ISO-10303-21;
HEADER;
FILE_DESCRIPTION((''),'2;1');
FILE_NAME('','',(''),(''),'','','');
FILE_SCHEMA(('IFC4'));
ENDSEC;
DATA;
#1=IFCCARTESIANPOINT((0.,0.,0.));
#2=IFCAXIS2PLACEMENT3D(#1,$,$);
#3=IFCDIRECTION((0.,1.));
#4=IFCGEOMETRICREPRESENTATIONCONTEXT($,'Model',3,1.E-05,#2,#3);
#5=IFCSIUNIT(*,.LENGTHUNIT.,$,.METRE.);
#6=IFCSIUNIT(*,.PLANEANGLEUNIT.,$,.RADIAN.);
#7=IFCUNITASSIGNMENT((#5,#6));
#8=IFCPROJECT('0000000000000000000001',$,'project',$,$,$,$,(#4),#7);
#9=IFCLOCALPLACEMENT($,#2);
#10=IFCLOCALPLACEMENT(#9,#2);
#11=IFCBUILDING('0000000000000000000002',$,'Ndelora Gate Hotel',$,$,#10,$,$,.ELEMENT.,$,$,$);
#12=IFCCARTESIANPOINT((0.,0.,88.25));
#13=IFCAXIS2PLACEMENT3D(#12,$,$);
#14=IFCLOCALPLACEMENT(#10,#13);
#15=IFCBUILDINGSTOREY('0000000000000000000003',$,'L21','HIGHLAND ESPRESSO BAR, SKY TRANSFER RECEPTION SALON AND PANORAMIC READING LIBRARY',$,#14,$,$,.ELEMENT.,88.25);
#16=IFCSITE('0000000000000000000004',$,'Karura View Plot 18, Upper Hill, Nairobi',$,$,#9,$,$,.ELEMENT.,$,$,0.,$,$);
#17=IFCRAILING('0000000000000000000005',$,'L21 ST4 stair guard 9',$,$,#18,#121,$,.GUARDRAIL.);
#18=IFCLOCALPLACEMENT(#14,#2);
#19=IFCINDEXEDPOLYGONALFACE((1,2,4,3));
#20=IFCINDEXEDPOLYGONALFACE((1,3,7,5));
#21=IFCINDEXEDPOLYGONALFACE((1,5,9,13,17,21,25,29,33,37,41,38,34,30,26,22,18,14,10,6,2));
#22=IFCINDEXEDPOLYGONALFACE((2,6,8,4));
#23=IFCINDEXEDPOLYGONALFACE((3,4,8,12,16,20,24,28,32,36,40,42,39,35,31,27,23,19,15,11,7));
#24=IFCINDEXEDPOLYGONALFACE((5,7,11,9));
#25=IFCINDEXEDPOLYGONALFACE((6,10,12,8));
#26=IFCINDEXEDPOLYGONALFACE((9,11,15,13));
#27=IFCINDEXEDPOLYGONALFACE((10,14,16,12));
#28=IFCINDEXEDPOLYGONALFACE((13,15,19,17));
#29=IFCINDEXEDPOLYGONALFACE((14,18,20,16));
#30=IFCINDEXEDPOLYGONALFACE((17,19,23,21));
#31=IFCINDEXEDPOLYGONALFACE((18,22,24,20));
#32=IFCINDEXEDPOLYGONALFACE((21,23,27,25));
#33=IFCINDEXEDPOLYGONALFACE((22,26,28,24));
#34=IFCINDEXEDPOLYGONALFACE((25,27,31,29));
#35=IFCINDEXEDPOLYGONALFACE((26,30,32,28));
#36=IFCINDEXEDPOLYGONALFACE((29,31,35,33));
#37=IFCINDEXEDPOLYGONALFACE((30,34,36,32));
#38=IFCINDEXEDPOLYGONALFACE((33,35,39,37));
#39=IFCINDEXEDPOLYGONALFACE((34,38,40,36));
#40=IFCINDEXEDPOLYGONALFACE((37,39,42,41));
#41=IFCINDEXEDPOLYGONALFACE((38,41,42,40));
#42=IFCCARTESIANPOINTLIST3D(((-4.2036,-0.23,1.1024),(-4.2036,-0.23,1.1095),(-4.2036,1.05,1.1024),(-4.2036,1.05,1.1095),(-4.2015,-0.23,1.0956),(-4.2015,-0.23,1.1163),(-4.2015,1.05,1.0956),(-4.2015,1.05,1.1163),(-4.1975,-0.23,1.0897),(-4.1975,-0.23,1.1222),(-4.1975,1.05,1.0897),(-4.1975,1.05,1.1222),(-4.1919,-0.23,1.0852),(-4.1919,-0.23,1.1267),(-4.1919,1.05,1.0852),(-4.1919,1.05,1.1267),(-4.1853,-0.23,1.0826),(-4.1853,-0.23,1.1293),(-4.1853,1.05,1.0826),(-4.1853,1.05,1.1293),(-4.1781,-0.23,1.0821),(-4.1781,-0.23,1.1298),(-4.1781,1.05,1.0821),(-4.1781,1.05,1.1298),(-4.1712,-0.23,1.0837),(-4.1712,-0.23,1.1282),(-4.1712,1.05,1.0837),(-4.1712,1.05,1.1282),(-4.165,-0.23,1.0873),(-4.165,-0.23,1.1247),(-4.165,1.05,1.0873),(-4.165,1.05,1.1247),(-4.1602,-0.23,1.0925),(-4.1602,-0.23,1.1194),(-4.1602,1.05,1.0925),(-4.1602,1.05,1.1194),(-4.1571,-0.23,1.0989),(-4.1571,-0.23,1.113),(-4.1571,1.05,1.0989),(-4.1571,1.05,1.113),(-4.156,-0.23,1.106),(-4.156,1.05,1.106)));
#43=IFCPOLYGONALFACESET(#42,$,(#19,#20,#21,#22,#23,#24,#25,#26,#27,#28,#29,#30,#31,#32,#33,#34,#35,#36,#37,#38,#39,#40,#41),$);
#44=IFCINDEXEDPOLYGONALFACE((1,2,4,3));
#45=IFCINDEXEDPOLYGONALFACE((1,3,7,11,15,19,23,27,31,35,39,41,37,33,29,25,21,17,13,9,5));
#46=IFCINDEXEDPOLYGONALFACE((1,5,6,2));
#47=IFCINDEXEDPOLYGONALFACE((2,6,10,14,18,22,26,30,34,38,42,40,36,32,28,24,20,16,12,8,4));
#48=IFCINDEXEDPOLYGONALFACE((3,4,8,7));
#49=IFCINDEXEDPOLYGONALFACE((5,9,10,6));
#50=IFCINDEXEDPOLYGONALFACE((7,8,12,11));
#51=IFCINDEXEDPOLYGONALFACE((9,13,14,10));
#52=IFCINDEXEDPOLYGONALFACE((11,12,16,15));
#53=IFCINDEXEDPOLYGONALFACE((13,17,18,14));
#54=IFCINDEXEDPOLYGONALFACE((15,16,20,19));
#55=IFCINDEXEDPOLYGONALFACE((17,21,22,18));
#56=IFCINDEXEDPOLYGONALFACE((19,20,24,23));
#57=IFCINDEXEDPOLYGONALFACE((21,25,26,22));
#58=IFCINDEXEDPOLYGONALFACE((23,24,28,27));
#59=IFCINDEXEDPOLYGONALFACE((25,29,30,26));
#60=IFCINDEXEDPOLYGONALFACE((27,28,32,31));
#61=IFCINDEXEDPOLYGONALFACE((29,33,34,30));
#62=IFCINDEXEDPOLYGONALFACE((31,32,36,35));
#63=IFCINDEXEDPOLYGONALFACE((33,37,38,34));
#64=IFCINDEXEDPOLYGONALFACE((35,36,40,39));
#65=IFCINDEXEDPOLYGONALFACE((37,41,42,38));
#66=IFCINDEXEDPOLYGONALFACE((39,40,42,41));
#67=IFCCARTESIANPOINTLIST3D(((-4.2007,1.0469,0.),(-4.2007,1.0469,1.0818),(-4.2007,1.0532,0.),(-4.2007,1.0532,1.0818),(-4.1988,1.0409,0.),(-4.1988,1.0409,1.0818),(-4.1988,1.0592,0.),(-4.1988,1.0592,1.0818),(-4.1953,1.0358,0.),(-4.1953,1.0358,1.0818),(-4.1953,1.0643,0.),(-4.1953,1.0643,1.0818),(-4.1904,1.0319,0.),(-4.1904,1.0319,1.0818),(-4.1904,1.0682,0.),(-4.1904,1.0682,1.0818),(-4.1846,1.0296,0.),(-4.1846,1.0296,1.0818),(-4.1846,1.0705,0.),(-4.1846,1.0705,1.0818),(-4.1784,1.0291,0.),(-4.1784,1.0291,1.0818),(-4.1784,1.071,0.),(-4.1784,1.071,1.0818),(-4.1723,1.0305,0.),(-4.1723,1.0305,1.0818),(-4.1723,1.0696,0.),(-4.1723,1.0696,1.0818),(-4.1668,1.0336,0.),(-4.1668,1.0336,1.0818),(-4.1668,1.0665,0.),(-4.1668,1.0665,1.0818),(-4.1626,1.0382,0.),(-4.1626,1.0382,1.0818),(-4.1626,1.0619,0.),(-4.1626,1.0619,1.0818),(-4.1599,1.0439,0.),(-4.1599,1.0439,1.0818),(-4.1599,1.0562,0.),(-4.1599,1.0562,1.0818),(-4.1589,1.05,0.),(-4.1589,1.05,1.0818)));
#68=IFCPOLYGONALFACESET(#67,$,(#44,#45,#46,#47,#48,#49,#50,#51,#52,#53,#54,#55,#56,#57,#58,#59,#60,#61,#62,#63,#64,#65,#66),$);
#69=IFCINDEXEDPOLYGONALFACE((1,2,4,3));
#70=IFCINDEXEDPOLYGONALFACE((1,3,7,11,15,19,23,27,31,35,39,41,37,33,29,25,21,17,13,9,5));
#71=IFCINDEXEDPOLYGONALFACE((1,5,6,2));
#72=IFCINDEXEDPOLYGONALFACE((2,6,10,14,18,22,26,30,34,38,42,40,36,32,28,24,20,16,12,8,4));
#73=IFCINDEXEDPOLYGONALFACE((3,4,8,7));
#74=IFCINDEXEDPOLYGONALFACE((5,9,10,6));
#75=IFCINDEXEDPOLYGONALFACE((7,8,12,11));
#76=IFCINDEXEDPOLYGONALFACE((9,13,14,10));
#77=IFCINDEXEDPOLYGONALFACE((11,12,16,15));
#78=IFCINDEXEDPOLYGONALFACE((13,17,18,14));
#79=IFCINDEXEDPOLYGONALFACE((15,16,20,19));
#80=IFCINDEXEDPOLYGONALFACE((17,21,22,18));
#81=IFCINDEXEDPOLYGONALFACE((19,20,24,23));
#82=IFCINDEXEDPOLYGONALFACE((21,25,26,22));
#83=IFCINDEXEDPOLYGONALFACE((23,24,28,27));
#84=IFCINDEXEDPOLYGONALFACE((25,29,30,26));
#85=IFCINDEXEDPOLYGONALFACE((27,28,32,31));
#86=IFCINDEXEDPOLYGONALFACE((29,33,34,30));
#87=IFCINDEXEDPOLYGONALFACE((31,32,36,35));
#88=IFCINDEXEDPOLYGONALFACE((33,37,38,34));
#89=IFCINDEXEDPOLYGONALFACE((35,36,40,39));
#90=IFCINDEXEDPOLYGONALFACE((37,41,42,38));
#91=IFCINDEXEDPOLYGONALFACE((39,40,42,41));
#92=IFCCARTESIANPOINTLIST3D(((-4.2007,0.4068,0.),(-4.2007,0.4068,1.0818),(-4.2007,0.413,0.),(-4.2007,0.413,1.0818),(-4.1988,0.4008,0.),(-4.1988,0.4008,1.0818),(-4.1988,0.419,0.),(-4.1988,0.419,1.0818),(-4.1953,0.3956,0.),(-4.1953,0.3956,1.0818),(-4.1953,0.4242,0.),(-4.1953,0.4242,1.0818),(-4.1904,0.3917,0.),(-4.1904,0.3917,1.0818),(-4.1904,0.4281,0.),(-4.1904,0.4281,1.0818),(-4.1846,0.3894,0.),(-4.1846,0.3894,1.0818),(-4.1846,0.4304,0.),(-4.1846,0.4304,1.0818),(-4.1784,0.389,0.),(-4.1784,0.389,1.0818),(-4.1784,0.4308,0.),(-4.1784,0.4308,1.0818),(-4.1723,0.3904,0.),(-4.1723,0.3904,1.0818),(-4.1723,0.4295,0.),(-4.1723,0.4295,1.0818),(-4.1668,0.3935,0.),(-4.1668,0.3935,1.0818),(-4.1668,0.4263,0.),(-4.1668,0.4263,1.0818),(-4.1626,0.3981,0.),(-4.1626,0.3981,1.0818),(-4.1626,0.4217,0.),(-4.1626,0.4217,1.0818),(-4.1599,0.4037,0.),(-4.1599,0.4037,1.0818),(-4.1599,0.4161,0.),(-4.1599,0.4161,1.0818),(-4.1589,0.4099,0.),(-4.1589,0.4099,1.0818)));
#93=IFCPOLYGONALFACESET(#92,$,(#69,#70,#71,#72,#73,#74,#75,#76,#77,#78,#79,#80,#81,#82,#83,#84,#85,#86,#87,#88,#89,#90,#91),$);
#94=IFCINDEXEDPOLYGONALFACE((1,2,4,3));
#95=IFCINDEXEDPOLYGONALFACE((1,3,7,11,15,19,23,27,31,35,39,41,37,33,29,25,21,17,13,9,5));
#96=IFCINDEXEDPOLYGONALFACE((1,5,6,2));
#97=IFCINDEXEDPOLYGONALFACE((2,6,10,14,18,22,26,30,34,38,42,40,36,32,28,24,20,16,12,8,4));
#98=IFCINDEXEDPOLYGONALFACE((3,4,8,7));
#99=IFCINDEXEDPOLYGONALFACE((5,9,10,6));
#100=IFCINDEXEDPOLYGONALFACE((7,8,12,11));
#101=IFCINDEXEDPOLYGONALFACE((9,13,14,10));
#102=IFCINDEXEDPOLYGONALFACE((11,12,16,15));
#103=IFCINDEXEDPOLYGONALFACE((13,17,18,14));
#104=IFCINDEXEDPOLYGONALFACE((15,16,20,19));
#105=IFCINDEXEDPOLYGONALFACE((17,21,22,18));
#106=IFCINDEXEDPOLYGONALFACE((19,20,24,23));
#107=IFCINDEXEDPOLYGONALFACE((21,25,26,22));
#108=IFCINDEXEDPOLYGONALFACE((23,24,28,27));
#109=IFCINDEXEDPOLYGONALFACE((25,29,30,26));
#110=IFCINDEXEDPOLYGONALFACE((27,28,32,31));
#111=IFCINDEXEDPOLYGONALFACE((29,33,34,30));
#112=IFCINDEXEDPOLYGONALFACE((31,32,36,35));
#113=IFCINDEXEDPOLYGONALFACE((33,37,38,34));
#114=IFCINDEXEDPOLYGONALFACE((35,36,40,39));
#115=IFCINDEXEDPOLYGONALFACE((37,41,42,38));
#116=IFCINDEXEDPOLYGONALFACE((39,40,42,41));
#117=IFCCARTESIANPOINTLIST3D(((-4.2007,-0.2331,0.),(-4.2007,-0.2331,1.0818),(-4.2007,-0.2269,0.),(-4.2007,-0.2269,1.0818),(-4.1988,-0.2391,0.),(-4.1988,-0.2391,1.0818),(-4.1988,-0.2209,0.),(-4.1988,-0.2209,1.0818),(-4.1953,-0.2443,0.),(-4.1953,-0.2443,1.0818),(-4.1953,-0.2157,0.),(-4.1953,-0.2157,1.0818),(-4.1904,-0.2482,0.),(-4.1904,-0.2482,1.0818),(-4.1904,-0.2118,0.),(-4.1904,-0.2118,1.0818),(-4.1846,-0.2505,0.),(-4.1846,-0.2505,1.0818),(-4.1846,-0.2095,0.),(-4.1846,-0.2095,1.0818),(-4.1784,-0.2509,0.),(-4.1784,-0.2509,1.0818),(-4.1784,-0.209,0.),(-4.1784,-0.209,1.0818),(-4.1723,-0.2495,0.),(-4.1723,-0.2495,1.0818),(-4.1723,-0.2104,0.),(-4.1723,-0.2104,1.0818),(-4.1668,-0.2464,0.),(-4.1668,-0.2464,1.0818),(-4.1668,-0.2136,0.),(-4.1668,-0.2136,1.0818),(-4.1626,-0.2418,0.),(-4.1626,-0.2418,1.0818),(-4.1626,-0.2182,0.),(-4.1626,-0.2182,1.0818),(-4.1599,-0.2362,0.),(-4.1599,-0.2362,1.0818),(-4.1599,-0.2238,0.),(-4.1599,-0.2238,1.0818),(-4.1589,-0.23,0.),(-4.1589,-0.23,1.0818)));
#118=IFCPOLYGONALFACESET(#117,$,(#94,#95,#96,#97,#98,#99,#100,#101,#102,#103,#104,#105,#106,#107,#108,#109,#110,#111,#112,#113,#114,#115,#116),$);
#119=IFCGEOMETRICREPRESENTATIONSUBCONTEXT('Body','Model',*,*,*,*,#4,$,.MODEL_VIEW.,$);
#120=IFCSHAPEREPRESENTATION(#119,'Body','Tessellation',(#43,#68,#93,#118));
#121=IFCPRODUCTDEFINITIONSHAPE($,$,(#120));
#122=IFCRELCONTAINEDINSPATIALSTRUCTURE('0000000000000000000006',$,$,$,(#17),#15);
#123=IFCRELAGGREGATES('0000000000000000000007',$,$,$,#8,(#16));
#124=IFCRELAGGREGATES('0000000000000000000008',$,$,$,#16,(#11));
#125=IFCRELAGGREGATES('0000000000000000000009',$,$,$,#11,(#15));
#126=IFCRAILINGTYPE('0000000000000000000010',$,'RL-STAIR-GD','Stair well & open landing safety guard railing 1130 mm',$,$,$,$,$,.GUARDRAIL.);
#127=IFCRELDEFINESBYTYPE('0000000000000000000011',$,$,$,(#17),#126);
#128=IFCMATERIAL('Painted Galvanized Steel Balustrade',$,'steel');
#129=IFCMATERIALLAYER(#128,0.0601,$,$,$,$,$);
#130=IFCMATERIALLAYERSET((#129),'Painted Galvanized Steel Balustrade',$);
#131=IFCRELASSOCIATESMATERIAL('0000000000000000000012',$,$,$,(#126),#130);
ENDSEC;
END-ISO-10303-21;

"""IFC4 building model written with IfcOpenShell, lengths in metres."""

from ifc_helpers import new_model, si_unit, direction, frame, origin, origin_2d, place, context, subcontext, project, spatial, circle, extrude, material, layer, layer_set, type_object, element, save


model = new_model("IFC4")

# Units and contexts
model_context = context("Model", 3, precision=1e-05, world=origin(), true_north=direction((0.0, 1.0)))
body_context = subcontext(model_context, "Body", "Model", "MODEL_VIEW")
ifc_project = project(units=[si_unit("LENGTHUNIT", "METRE"), si_unit("PLANEANGLEUNIT", "RADIAN")], contexts=[model_context])

# Site, building, storey
site_placement = place(None, origin())
site = spatial("IfcSite", under=ifc_project, at=site_placement, Name="Karura View Plot 18, Upper Hill, Nairobi", CompositionType="ELEMENT", RefElevation=0.0)
building_placement = place(site_placement, origin())
building = spatial("IfcBuilding", under=site, at=building_placement, Name="Ndelora Gate Hotel", CompositionType="ELEMENT")
storey_placement = place(building_placement, frame((0.0, 0.0, 88.25)))
storey = spatial("IfcBuildingStorey", under=building, at=storey_placement, Name="L21", Description="HIGHLAND ESPRESSO BAR, SKY TRANSFER RECEPTION SALON AND PANORAMIC READING LIBRARY", CompositionType="ELEMENT", Elevation=88.25)

# Railing
ifc_material_1 = material(Name="Painted Galvanized Steel Balustrade", Category="steel")
ifc_layer_1 = layer(ifc_material_1, 0.0601)
ifc_layer_set_1 = layer_set([ifc_layer_1], Name="Painted Galvanized Steel Balustrade")
railing_type = type_object("IfcRailingType", Name="RL-STAIR-GD", Description="Stair well & open landing safety guard railing 1130 mm", PredefinedType="GUARDRAIL", material=ifc_layer_set_1)
for number, where, name in (
    (1, (-4.1799, 1.05, 0.0), "L21 ST4 stair guard 9"),
):
    element("IfcRailing", number, at=place(storey_placement, frame(where)), inside=storey, type_object=railing_type, Name=name, PredefinedType="GUARDRAIL", context=body_context, shape_type="SweptSolid", body=[
        extrude(circle(Radius=0.0239, at=origin_2d()), frame((0.0, 0.0, 1.106), z_axis=(0.0, -1.0, 0.0), x_axis=(1.0, 0.0, 0.0)), (0.0, 0.0, 1.0), 1.28),
        extrude(circle(Radius=0.021, at=origin_2d()), origin(), (0.0, 0.0, 1.0), 1.0818),
        extrude(circle(Radius=0.021, at=origin_2d()), frame((0.0, -0.6401, 0.0)), (0.0, 0.0, 1.0), 1.0818),
        extrude(circle(Radius=0.021, at=origin_2d()), frame((0.0, -1.28, 0.0)), (0.0, 0.0, 1.0), 1.0818),
    ])

save(model, "model.ifc")
